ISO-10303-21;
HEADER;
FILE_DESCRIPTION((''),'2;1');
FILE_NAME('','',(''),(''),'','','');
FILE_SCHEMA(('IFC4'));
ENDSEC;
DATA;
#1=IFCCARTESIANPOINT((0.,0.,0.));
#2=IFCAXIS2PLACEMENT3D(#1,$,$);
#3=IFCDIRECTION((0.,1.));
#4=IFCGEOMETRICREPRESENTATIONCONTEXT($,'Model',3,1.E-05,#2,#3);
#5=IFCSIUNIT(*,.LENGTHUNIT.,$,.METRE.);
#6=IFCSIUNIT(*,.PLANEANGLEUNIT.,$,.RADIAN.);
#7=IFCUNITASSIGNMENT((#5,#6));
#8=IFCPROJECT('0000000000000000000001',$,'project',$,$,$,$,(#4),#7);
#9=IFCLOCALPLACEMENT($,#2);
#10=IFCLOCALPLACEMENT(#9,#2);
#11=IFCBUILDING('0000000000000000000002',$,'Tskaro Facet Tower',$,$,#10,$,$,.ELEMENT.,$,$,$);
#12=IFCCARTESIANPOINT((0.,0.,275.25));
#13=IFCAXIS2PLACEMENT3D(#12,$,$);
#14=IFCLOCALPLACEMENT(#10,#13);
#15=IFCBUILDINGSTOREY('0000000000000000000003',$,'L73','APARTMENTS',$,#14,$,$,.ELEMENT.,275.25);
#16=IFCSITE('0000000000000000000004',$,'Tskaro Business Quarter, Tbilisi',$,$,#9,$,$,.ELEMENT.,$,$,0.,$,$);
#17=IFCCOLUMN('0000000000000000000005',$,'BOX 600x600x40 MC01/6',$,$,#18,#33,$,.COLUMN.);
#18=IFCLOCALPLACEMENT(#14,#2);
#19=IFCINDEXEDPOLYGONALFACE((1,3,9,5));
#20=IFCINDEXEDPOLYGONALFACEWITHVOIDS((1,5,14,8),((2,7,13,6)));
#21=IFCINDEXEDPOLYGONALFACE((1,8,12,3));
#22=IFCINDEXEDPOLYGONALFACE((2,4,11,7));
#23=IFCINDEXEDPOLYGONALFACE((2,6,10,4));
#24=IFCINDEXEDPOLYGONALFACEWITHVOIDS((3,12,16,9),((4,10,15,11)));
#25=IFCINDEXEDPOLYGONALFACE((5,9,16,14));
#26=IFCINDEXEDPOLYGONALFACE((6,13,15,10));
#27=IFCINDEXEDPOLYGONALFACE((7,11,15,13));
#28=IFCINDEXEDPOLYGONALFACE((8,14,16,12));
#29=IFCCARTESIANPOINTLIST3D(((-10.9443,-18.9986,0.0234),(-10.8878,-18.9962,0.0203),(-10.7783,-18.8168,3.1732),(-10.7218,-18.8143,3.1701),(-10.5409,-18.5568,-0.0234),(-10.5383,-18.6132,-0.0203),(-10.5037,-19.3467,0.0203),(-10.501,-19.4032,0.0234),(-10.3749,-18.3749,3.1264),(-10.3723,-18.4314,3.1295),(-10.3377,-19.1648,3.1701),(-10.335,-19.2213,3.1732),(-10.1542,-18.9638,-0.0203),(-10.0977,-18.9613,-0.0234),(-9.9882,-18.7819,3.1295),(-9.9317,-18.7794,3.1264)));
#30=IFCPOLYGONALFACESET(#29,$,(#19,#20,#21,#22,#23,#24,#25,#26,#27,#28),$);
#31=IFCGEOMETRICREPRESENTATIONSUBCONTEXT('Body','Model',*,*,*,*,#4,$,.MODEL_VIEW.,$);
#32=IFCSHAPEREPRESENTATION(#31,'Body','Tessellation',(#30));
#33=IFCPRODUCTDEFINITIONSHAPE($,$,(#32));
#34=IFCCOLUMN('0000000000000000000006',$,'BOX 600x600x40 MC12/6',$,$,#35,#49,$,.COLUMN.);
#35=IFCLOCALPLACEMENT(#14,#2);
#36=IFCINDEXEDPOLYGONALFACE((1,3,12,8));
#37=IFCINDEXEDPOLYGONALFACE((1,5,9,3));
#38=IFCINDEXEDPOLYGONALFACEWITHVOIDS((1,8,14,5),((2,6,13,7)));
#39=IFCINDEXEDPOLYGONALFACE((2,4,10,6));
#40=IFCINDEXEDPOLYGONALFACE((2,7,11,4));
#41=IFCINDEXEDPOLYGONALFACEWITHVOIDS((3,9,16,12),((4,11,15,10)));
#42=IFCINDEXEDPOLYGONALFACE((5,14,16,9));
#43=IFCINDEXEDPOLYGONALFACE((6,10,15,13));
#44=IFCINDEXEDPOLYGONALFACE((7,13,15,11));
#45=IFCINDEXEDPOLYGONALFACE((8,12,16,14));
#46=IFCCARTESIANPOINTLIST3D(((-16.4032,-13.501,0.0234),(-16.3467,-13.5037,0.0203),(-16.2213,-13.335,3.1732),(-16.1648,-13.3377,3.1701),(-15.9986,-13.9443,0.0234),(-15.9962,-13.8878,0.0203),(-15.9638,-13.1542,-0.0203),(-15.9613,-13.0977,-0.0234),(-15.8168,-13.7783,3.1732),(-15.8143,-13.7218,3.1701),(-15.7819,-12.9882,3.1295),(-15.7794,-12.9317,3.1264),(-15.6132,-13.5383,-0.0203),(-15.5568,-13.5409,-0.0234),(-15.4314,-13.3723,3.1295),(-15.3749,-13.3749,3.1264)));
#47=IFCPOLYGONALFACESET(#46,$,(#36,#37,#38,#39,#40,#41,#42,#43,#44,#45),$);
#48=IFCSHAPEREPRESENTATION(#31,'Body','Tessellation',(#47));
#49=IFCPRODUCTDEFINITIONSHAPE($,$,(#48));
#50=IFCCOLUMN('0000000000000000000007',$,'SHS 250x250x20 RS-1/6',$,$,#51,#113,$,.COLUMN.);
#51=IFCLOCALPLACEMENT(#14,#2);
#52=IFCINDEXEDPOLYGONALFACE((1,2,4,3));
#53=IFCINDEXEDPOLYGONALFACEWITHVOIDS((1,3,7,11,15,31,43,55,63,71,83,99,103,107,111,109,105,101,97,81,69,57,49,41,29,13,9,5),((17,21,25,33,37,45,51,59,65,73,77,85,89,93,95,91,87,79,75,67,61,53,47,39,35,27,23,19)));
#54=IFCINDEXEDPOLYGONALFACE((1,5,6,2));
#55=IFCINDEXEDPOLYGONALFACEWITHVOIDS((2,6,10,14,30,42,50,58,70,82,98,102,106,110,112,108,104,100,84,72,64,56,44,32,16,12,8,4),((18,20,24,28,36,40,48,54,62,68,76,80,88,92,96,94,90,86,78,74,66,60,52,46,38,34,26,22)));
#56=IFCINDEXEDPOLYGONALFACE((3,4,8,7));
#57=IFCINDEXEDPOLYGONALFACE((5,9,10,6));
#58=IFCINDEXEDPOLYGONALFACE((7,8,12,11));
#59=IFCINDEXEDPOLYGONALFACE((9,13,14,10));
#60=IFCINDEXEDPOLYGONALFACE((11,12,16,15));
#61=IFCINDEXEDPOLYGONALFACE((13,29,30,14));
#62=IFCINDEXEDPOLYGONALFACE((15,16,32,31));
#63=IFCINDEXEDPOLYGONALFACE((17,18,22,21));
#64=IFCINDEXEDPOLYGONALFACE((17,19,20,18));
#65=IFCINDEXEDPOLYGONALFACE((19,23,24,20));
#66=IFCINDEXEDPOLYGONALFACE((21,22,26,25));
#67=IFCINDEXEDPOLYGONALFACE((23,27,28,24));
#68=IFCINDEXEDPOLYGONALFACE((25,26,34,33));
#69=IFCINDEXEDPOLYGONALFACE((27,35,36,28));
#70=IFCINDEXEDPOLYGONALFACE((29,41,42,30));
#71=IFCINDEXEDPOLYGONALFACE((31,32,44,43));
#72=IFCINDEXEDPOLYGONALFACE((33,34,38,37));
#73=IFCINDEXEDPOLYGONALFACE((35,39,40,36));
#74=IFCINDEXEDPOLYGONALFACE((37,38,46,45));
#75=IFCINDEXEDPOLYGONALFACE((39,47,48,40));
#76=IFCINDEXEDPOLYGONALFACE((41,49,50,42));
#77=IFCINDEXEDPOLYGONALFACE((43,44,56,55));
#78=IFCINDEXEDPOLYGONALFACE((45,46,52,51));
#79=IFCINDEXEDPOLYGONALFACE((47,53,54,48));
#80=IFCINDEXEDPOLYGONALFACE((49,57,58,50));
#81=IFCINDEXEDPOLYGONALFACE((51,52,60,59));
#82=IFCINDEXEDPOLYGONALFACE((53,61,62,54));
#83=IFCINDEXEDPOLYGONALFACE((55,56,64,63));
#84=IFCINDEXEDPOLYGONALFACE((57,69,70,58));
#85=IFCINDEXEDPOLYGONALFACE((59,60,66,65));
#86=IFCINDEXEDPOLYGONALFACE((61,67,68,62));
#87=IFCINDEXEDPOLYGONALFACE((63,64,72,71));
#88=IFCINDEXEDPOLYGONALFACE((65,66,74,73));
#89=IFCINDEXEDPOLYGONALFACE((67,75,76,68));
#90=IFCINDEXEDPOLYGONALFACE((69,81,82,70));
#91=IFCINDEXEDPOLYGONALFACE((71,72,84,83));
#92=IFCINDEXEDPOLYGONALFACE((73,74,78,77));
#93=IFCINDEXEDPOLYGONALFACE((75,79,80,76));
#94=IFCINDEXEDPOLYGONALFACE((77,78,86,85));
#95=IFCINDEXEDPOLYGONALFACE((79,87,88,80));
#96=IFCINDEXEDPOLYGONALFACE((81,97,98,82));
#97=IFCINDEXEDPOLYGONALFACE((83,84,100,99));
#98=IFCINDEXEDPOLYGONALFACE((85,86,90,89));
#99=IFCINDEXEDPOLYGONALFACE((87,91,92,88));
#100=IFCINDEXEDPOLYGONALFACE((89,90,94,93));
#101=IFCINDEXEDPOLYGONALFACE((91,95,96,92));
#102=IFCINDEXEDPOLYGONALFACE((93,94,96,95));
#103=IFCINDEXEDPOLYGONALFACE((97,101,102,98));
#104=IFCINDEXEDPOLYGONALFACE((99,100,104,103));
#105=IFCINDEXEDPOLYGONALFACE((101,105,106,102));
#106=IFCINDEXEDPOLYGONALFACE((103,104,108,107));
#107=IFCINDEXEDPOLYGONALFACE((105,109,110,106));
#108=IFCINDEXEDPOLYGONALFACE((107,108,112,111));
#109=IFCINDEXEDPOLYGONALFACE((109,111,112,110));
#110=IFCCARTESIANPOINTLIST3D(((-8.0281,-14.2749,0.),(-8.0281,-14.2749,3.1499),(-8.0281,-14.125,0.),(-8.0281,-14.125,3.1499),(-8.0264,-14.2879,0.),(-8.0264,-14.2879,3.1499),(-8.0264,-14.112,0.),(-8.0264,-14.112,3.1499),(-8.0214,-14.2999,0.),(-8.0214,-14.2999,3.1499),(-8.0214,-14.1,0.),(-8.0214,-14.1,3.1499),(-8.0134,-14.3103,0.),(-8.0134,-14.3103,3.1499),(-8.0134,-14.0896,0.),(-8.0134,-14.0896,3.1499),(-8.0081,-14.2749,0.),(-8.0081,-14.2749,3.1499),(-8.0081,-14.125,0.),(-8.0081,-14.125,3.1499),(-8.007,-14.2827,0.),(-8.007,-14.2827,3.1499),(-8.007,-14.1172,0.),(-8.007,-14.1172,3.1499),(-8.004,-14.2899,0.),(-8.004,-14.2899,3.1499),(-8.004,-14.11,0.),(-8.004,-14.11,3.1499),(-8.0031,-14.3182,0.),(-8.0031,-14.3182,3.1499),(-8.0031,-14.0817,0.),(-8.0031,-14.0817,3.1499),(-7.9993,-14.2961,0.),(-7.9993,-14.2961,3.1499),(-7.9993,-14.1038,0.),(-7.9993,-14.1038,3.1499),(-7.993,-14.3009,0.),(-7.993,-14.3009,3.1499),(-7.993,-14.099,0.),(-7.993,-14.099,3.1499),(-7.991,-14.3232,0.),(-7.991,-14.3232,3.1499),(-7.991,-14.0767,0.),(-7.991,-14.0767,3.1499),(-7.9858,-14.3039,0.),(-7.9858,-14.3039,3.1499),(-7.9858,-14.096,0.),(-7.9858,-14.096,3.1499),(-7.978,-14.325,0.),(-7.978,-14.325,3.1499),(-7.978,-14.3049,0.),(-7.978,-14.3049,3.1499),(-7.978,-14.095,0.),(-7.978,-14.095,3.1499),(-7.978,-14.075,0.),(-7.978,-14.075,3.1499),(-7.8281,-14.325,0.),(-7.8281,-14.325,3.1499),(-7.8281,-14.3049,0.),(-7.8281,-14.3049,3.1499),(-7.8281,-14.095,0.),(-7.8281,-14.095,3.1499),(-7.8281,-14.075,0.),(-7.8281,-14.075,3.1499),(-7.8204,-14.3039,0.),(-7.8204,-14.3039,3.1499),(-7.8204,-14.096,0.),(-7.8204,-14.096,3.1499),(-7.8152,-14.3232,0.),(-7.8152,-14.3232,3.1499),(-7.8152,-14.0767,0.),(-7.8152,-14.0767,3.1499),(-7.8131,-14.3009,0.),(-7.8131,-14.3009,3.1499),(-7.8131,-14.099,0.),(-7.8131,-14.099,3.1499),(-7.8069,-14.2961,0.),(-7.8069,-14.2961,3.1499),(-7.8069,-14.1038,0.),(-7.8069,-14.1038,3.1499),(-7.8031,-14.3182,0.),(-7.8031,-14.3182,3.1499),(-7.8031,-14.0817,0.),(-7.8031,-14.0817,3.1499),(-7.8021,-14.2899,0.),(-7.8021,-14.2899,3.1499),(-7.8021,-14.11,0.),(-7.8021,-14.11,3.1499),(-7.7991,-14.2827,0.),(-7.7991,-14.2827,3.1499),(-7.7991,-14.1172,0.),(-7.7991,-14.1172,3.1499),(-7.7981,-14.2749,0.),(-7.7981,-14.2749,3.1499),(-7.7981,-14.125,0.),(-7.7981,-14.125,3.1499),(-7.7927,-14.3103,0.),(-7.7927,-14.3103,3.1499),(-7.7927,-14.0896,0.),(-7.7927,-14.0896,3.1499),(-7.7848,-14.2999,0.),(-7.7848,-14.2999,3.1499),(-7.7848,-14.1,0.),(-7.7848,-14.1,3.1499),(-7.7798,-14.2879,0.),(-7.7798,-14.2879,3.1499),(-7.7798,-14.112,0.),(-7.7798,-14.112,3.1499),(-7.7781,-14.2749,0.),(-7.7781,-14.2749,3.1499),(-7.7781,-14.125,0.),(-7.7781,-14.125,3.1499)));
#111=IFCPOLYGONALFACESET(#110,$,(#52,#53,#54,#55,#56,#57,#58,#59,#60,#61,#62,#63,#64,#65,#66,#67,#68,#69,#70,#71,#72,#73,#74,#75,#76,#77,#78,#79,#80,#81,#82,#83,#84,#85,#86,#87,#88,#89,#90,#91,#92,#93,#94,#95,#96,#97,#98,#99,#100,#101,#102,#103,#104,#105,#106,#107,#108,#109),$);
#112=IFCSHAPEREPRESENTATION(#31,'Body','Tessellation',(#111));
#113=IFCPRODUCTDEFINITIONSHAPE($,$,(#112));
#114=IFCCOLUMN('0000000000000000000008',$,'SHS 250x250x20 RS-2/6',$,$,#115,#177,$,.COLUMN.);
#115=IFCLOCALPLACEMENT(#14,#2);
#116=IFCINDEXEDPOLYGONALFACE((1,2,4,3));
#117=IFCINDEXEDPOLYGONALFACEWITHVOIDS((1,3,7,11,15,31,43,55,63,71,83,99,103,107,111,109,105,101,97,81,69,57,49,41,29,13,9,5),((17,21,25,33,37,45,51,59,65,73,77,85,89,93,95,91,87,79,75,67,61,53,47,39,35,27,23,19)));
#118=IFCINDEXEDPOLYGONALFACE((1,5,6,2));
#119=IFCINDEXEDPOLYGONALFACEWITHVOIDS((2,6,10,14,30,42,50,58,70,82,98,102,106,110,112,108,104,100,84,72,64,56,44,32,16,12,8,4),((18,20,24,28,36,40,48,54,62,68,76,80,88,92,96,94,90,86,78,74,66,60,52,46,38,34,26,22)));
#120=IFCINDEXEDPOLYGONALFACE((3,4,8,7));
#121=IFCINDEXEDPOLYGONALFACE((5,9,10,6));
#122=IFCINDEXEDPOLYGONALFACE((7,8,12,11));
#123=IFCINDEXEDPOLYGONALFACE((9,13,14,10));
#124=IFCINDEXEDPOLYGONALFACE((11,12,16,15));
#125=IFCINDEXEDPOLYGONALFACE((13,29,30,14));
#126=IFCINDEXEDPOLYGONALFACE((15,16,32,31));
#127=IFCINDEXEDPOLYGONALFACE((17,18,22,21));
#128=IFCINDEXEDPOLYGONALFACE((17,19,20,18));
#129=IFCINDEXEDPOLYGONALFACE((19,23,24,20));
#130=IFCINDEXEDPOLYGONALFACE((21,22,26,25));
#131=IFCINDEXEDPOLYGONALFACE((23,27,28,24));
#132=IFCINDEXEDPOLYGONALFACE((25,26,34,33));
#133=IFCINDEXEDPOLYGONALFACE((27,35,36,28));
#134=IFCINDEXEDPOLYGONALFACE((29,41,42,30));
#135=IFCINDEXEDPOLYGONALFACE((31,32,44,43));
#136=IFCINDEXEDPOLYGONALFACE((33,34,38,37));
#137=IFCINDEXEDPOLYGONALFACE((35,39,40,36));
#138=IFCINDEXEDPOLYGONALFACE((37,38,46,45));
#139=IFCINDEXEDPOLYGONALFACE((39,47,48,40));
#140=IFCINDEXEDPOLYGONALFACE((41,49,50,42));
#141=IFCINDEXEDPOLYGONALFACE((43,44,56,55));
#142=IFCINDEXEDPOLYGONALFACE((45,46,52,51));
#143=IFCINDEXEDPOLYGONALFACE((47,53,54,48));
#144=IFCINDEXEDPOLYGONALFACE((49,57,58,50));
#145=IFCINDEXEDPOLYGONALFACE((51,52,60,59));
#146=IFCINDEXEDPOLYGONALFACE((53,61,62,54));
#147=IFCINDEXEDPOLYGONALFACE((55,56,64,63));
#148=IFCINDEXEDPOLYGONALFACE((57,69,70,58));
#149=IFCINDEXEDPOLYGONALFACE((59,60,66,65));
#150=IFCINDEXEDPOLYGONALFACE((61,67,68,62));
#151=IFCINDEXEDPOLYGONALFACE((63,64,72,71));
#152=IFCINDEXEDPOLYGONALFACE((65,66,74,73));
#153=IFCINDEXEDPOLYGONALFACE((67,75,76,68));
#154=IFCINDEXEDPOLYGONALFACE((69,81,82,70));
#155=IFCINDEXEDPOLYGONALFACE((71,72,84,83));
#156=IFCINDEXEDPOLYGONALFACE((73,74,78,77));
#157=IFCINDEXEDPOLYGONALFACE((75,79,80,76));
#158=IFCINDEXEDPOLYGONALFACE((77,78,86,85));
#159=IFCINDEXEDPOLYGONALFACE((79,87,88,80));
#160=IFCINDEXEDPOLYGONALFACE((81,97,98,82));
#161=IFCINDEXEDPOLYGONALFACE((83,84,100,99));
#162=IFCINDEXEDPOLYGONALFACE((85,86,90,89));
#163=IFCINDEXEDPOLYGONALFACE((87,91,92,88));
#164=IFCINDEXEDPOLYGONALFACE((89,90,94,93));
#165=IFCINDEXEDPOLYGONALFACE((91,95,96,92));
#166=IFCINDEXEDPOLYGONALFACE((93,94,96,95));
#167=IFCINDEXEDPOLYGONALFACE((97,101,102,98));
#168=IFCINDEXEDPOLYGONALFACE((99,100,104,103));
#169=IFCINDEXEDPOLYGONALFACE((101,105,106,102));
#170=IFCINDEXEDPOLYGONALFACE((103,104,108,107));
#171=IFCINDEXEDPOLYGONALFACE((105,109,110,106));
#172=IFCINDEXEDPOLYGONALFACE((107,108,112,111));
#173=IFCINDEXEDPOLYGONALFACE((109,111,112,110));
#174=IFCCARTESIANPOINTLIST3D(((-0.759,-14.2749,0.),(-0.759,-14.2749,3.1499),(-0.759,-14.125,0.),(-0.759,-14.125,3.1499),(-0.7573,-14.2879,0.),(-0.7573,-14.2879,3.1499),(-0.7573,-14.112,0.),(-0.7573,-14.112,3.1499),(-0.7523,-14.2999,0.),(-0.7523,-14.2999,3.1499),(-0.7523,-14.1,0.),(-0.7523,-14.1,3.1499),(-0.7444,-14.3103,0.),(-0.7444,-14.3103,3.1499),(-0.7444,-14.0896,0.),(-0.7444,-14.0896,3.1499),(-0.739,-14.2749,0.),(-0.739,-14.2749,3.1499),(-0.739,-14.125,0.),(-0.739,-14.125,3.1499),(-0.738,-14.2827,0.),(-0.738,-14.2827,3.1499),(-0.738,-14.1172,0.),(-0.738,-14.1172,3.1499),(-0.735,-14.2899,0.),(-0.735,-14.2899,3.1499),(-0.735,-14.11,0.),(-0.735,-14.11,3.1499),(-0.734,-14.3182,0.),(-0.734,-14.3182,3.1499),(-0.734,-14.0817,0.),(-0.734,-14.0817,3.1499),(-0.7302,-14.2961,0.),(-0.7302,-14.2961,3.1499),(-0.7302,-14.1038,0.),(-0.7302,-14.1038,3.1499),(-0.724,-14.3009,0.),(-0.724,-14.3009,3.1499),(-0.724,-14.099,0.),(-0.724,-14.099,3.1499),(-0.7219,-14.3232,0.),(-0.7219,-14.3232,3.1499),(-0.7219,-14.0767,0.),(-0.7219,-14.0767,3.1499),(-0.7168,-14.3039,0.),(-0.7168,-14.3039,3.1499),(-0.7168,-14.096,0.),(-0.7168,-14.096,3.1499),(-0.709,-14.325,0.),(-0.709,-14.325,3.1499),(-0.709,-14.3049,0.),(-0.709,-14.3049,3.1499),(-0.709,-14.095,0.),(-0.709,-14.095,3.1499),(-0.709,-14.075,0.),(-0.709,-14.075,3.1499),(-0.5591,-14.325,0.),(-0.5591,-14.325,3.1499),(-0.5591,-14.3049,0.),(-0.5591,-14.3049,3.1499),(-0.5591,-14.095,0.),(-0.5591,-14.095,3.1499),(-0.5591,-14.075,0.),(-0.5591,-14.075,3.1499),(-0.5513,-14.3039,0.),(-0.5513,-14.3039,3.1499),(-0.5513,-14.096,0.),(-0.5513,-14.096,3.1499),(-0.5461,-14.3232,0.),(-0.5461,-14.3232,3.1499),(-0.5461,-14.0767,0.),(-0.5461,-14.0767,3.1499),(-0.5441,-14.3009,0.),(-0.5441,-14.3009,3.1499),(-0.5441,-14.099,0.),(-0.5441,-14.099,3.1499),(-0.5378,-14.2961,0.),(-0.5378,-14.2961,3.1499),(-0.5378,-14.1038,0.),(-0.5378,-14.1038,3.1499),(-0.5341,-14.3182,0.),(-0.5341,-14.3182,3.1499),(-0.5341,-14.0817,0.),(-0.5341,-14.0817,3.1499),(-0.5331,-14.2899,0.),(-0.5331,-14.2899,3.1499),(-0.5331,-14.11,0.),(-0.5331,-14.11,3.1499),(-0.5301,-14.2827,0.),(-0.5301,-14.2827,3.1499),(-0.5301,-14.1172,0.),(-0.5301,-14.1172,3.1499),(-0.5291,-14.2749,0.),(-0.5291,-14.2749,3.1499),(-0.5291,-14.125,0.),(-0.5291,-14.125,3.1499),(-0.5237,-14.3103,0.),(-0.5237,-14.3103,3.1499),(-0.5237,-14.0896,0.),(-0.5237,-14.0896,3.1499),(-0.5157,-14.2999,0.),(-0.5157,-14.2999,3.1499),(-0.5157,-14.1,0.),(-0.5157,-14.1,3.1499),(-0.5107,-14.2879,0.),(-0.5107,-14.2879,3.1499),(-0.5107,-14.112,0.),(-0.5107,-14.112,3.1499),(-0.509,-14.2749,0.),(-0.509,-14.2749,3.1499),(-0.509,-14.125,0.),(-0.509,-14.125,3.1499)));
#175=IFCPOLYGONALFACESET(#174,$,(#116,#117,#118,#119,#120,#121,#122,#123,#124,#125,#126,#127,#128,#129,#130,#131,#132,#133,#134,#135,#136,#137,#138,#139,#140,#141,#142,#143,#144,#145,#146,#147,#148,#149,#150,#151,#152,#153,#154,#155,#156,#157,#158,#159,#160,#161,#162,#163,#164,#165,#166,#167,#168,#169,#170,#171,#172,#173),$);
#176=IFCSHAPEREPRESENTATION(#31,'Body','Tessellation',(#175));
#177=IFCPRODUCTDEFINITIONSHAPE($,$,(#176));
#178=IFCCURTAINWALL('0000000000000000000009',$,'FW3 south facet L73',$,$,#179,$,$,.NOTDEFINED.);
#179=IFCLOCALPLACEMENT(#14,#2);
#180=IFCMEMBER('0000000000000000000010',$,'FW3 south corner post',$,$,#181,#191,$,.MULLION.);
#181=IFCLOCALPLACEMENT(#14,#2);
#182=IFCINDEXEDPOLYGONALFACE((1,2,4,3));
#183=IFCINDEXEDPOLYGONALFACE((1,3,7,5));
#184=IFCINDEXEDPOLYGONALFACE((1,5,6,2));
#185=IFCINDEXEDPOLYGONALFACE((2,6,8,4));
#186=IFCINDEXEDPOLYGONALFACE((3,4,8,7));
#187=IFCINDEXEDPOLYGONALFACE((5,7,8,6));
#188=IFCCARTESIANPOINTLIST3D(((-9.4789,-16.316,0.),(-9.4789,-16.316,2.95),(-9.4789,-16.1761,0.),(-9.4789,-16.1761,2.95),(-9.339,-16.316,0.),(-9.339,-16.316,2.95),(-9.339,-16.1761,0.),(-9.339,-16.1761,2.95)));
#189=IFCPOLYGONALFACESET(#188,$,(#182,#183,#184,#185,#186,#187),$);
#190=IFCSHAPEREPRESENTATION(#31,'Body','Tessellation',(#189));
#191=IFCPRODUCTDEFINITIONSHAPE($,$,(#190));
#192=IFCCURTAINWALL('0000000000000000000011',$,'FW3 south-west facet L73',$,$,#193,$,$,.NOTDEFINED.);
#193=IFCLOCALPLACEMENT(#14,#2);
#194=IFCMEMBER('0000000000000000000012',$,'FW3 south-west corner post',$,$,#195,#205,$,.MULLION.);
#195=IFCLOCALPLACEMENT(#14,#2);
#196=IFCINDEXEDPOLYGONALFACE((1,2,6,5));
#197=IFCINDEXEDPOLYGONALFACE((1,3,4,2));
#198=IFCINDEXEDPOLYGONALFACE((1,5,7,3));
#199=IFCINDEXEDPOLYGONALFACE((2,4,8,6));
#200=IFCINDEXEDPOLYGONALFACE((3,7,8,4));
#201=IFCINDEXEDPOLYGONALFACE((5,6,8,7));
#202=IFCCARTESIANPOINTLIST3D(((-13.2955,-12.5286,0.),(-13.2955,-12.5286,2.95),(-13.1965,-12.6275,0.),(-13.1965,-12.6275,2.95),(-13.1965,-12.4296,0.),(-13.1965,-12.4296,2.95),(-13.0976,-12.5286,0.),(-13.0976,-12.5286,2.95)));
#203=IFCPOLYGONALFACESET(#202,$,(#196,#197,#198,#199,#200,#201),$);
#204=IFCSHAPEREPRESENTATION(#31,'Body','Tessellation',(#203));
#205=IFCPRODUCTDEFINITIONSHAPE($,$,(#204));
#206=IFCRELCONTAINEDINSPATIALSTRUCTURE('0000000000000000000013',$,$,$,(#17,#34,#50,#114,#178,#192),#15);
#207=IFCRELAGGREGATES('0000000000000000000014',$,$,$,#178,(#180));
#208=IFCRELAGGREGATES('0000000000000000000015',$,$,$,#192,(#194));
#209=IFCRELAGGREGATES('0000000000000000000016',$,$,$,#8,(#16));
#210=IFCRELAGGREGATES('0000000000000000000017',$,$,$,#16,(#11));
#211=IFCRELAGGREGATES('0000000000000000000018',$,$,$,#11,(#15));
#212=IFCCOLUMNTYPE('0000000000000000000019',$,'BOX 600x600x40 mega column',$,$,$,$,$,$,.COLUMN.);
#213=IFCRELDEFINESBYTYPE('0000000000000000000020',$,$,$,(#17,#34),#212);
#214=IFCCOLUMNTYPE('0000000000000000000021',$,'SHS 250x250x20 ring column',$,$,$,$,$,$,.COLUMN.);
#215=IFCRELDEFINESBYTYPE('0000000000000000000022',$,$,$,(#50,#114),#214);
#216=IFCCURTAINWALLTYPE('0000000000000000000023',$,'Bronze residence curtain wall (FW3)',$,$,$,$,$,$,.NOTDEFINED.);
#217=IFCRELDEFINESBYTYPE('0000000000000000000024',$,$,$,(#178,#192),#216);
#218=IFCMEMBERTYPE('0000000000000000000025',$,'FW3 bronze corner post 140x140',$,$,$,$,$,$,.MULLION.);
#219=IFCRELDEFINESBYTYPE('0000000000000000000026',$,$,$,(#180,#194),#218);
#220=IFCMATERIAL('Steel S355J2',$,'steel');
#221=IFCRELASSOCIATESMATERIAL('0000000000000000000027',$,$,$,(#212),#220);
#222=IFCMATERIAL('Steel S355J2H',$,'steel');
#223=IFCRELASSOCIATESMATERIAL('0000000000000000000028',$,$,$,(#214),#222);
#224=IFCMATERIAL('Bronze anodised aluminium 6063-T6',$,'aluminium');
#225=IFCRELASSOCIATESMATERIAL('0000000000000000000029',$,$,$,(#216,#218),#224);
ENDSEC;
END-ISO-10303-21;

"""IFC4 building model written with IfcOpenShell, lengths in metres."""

from ifc_helpers import new_model, si_unit, direction, frame, origin, origin_2d, place, context, subcontext, project, spatial, rectangle, hollow_rectangle, extrude, material, material_profile, profile_set, type_object, element, aggregate, save


model = new_model("IFC4")

# Units and contexts
model_context = context("Model", 3, precision=1e-05, world=origin(), true_north=direction((0.0, 1.0)))
body_context = subcontext(model_context, "Body", "Model", "MODEL_VIEW")
ifc_project = project(units=[si_unit("LENGTHUNIT", "METRE"), si_unit("PLANEANGLEUNIT", "RADIAN")], contexts=[model_context])

# Site, building, storey
site_placement = place(None, origin())
site = spatial("IfcSite", under=ifc_project, at=site_placement, Name="Tskaro Business Quarter, Tbilisi", CompositionType="ELEMENT", RefElevation=0.0)
building_placement = place(site_placement, origin())
building = spatial("IfcBuilding", under=site, at=building_placement, Name="Tskaro Facet Tower", CompositionType="ELEMENT")
storey_placement = place(building_placement, frame((0.0, 0.0, 275.25)))
storey = spatial("IfcBuildingStorey", under=building, at=storey_placement, Name="L73", Description="APARTMENTS", CompositionType="ELEMENT", Elevation=275.25)

# Columns
ifc_material_1 = material(Name="Steel S355J2", Category="steel")
ifc_material_profile_1 = material_profile(ifc_material_1, hollow_rectangle(XDim=0.6001, YDim=0.6001, WallThickness=0.04, at=origin_2d()), Name="BOX 600x600x40")
ifc_profile_set_1 = profile_set([ifc_material_profile_1], Name="Steel S355J2")
column_type_1 = type_object("IfcColumnType", Name="BOX 600x600x40 mega column", PredefinedType="COLUMN", material=ifc_profile_set_1)
for number, where, z_axis, x_axis, name in (
    (1, (-10.521, -18.98, 0.0), (0.052545, 0.057567, 0.996958), (-0.738593, 0.674152, 0.0), "BOX 600x600x40 MC01/6"),
    (2, (-15.98, -13.521, 0.0), (0.057567, 0.052545, 0.996958), (-0.674152, 0.738593, 0.0), "BOX 600x600x40 MC12/6"),
):
    element("IfcColumn", number, at=place(storey_placement, frame(where, z_axis=z_axis, x_axis=x_axis)), inside=storey, type_object=column_type_1, Name=name, PredefinedType="COLUMN", context=body_context, shape_type="SweptSolid", body=[
        extrude(hollow_rectangle(XDim=0.6001, YDim=0.6001, WallThickness=0.04, at=origin_2d()), origin(), (0.0, 0.0, 1.0), 3.1594),
    ])
ifc_material_2 = material(Name="Steel S355J2H", Category="steel")
ifc_material_profile_2 = material_profile(ifc_material_2, hollow_rectangle(XDim=0.25, YDim=0.25, WallThickness=0.02, InnerFilletRadius=0.03, OuterFilletRadius=0.05, at=origin_2d()), Name="SHS 250x250x20")
ifc_profile_set_2 = profile_set([ifc_material_profile_2], Name="Steel S355J2H")
column_type_2 = type_object("IfcColumnType", Name="SHS 250x250x20 ring column", PredefinedType="COLUMN", material=ifc_profile_set_2)
for number, where, z_axis, x_axis, name in (
    (3, (-7.9031, -14.2, 0.0), (0.0, 0.0, 1.0), (1.0, 0.0, 0.0), "SHS 250x250x20 RS-1/6"),
    (4, (-0.634, -14.2, 0.0), (0.0, 0.0, 1.0), (1.0, 0.0, 0.0), "SHS 250x250x20 RS-2/6"),
):
    element("IfcColumn", number, at=place(storey_placement, frame(where, z_axis=z_axis, x_axis=x_axis)), inside=storey, type_object=column_type_2, Name=name, PredefinedType="COLUMN", context=body_context, shape_type="SweptSolid", body=[
        extrude(hollow_rectangle(XDim=0.25, YDim=0.25, WallThickness=0.02, InnerFilletRadius=0.03, OuterFilletRadius=0.05, at=origin_2d()), origin(), (0.0, 0.0, 1.0), 3.1499),
    ])

# Curtain walls, members
ifc_material_3 = material(Name="Bronze anodised aluminium 6063-T6", Category="aluminium")
curtain_wall_type = type_object("IfcCurtainWallType", Name="Bronze residence curtain wall (FW3)", PredefinedType="NOTDEFINED", material=ifc_material_3)
curtain_wall_1_placement = place(storey_placement, origin())
curtain_wall_1 = element("IfcCurtainWall", 5, at=curtain_wall_1_placement, inside=storey, type_object=curtain_wall_type, Name="FW3 south facet L73", PredefinedType="NOTDEFINED")
ifc_material_profile_3 = material_profile(ifc_material_3, rectangle(XDim=0.1399, YDim=0.1399, at=origin_2d()), Name="Corner post 140x140")
ifc_profile_set_3 = profile_set([ifc_material_profile_3], Name="Bronze anodised aluminium 6063-T6")
member_type_1 = type_object("IfcMemberType", Name="FW3 bronze corner post 140x140", PredefinedType="MULLION", material=ifc_profile_set_3)
member_1_placement = place(storey_placement, frame((-9.4089, -16.2461, 0.0), z_axis=(0.0, 0.0, 1.0), x_axis=(1.0, 0.0, 0.0)))
member_1 = element("IfcMember", 6, at=member_1_placement, type_object=member_type_1, Name="FW3 south corner post", PredefinedType="MULLION", context=body_context, shape_type="SweptSolid", body=[
    extrude(rectangle(XDim=0.1399, YDim=0.1399, at=origin_2d()), origin(), (0.0, 0.0, 1.0), 2.95),
])
curtain_wall_2_placement = place(storey_placement, origin())
curtain_wall_2 = element("IfcCurtainWall", 7, at=curtain_wall_2_placement, inside=storey, type_object=curtain_wall_type, Name="FW3 south-west facet L73", PredefinedType="NOTDEFINED")
member_2_placement = place(storey_placement, frame((-13.1965, -12.5286, 0.0), z_axis=(0.0, 0.0, 1.0), x_axis=(0.707107, -0.707107, 0.0)))
member_2 = element("IfcMember", 8, at=member_2_placement, type_object=member_type_1, Name="FW3 south-west corner post", PredefinedType="MULLION", context=body_context, shape_type="SweptSolid", body=[
    extrude(rectangle(XDim=0.1399, YDim=0.1399, at=origin_2d()), origin(), (0.0, 0.0, 1.0), 2.95),
])

aggregate(curtain_wall_1, [member_1])
aggregate(curtain_wall_2, [member_2])

save(model, "model.ifc")
